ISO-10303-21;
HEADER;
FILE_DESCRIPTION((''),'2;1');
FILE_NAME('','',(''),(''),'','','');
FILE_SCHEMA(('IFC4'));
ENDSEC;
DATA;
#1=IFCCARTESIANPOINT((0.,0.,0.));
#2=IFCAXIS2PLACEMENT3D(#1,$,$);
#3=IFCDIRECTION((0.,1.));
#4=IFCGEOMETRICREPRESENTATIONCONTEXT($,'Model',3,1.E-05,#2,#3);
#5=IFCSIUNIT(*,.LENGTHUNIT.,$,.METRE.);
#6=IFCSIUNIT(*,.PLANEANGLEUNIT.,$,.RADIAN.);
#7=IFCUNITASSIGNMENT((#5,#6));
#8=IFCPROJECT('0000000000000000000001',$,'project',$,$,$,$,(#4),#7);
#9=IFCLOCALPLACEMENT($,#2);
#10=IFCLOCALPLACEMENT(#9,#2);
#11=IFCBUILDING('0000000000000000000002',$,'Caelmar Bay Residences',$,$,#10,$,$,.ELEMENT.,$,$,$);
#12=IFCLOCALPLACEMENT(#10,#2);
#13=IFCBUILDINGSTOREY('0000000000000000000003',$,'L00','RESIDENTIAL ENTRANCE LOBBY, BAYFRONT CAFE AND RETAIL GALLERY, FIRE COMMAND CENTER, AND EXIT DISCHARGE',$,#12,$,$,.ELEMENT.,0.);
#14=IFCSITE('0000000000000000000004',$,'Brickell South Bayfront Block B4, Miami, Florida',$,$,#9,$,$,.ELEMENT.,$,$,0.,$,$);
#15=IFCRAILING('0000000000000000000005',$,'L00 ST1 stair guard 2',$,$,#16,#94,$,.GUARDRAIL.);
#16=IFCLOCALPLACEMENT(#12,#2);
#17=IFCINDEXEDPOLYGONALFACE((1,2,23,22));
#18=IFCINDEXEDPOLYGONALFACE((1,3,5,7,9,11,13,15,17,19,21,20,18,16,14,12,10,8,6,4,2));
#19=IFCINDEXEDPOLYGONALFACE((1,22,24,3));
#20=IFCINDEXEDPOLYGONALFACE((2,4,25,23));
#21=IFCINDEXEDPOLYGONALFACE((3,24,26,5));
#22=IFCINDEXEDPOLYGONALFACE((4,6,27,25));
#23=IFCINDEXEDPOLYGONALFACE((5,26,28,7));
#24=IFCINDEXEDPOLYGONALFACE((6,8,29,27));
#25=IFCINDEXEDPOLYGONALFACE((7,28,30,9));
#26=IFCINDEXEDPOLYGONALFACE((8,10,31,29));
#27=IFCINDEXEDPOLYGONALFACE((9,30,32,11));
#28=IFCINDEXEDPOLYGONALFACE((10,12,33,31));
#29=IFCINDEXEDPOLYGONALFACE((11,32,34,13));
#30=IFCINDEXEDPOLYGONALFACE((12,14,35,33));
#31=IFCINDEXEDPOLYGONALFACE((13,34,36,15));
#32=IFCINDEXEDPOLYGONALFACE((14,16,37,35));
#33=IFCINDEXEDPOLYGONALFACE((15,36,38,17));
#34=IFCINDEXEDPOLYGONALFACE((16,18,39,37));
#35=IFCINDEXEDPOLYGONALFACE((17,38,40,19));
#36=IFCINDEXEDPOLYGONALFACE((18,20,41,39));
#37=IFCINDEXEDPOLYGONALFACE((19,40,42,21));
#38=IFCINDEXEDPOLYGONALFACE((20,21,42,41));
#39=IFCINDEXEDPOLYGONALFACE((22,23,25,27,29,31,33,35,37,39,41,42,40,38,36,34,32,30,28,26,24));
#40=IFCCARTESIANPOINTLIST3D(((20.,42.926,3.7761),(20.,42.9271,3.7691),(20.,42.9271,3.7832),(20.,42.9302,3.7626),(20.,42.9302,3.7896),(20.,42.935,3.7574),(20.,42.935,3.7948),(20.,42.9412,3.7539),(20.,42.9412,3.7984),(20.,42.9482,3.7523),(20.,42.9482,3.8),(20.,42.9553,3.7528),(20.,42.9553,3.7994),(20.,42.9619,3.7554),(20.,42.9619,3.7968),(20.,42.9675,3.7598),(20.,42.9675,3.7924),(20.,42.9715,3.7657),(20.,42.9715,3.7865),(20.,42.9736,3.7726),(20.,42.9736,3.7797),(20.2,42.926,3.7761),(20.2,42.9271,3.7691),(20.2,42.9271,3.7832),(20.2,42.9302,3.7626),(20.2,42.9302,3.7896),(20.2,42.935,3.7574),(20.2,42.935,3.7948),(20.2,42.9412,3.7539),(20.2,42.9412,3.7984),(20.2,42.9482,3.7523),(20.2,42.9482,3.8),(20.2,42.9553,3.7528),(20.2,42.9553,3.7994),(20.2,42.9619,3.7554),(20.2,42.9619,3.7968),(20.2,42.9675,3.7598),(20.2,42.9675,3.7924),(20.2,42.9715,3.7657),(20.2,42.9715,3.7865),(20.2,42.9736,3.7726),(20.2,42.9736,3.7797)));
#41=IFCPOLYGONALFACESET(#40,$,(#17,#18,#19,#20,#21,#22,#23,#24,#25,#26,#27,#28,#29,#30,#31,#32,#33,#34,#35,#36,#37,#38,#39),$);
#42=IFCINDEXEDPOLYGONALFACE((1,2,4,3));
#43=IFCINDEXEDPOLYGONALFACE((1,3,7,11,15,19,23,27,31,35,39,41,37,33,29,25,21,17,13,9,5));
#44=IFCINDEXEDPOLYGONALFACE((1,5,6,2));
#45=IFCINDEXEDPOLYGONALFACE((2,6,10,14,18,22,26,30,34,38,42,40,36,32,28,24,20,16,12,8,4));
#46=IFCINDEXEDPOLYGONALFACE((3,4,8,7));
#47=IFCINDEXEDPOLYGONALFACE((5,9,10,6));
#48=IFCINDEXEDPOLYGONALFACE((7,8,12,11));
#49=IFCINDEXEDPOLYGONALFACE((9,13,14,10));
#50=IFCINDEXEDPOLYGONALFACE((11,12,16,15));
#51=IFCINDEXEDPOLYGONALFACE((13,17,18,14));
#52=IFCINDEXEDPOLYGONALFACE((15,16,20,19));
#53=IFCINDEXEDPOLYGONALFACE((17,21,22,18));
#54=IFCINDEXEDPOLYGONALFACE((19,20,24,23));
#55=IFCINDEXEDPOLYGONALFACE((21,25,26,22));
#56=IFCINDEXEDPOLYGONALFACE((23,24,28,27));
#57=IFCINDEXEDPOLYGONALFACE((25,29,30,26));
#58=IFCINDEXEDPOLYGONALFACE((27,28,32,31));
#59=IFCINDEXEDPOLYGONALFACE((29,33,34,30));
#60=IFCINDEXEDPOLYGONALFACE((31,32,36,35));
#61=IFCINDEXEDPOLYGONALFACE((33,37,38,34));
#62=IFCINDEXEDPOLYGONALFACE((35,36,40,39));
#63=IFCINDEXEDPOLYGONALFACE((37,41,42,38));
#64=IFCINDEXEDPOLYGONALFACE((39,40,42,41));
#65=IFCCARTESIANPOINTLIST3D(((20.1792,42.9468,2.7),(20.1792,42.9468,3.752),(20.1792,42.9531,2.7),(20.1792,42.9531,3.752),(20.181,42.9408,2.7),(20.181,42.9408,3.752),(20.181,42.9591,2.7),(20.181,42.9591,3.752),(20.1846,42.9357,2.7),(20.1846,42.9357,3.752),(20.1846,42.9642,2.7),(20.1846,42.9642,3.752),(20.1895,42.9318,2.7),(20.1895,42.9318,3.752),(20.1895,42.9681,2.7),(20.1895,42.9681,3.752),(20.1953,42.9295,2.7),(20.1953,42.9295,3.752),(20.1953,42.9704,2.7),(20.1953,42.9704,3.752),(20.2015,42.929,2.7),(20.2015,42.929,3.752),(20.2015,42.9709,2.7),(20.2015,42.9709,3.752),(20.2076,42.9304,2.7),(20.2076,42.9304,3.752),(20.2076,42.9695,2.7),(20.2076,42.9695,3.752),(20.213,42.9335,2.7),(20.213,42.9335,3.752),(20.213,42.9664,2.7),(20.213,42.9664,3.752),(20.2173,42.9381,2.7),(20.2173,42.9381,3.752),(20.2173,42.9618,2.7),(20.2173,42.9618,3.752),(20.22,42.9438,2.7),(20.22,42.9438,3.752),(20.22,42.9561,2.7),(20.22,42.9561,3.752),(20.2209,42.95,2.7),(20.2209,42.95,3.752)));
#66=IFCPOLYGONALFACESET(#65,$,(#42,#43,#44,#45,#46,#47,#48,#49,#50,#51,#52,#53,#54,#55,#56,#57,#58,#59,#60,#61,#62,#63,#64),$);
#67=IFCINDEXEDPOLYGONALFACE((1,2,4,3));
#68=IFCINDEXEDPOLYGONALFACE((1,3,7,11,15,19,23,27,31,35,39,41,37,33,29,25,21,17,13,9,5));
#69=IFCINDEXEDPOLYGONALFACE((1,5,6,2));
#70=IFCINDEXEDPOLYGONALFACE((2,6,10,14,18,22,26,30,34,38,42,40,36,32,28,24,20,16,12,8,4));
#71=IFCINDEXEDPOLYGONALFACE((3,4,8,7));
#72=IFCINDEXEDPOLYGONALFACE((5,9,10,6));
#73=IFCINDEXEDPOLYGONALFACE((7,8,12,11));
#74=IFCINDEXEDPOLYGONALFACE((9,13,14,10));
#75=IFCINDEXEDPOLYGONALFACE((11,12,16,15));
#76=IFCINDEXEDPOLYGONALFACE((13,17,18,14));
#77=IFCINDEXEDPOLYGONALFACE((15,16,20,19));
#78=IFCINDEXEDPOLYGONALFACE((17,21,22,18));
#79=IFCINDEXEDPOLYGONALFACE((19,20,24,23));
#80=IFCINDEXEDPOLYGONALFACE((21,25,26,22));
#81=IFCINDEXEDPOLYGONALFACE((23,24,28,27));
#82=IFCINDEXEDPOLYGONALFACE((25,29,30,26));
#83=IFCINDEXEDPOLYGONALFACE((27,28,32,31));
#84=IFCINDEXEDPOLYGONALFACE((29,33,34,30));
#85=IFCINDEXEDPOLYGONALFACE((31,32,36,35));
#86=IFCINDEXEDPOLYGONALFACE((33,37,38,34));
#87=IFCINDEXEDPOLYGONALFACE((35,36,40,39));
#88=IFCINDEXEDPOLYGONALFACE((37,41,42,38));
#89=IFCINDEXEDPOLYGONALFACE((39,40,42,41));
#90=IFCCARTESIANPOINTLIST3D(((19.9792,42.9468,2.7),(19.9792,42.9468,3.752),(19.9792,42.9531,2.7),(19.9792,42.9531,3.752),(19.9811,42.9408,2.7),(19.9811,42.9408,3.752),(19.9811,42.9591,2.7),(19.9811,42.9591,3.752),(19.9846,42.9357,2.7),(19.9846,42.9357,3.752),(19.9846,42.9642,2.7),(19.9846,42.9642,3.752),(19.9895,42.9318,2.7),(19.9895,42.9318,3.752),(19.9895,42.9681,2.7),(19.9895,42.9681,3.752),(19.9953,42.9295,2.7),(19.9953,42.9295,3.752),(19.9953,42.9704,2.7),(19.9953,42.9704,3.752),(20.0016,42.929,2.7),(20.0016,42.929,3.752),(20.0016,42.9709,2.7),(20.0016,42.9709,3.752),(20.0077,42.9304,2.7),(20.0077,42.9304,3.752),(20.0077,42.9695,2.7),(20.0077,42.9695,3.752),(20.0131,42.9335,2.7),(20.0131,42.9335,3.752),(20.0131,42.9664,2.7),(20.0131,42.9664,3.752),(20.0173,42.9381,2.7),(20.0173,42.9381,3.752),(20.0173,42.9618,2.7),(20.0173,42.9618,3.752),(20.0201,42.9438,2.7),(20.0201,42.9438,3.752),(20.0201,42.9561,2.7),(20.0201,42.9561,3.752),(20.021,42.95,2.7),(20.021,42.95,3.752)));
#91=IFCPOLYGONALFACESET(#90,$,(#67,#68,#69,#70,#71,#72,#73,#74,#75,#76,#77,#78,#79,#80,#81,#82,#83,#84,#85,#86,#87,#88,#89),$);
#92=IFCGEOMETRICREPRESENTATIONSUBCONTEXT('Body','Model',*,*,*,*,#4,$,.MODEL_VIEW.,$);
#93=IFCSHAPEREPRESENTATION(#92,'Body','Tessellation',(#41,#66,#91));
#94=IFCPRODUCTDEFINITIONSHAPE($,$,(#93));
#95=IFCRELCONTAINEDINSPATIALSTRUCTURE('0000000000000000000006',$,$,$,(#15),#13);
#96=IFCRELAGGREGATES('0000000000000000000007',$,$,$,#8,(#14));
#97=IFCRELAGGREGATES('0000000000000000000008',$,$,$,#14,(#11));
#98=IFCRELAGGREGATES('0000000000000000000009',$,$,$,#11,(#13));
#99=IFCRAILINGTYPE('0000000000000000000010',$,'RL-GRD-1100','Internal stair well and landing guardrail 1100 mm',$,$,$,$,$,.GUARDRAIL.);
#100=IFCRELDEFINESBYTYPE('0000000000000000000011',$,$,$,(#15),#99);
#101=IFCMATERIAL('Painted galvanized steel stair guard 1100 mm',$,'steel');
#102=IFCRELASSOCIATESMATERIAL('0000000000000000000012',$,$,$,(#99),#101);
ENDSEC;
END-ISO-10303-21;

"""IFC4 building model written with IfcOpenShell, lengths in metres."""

from ifc_helpers import new_model, si_unit, direction, frame, origin, origin_2d, place, context, subcontext, project, spatial, circle, extrude, material, type_object, element, save


model = new_model("IFC4")

# Units and contexts
model_context = context("Model", 3, precision=1e-05, world=origin(), true_north=direction((0.0, 1.0)))
body_context = subcontext(model_context, "Body", "Model", "MODEL_VIEW")
ifc_project = project(units=[si_unit("LENGTHUNIT", "METRE"), si_unit("PLANEANGLEUNIT", "RADIAN")], contexts=[model_context])

# Site, building, storey
site_placement = place(None, origin())
site = spatial("IfcSite", under=ifc_project, at=site_placement, Name="Brickell South Bayfront Block B4, Miami, Florida", CompositionType="ELEMENT", RefElevation=0.0)
building_placement = place(site_placement, origin())
building = spatial("IfcBuilding", under=site, at=building_placement, Name="Caelmar Bay Residences", CompositionType="ELEMENT")
storey_placement = place(building_placement, origin())
storey = spatial("IfcBuildingStorey", under=building, at=storey_placement, Name="L00", Description="RESIDENTIAL ENTRANCE LOBBY, BAYFRONT CAFE AND RETAIL GALLERY, FIRE COMMAND CENTER, AND EXIT DISCHARGE", CompositionType="ELEMENT", Elevation=0.0)

# Railing
ifc_material_1 = material(Name="Painted galvanized steel stair guard 1100 mm", Category="steel")
railing_type_1 = type_object("IfcRailingType", Name="RL-GRD-1100", Description="Internal stair well and landing guardrail 1100 mm", PredefinedType="GUARDRAIL", material=ifc_material_1)
railing_1_placement = place(storey_placement, frame((20.2, 42.95, 2.7)))
element("IfcRailing", 1, at=railing_1_placement, inside=storey, type_object=railing_type_1, Name="L00 ST1 stair guard 2", PredefinedType="GUARDRAIL", context=body_context, shape_type="SweptSolid", body=[
    extrude(circle(Radius=0.0239, at=origin_2d()), frame((0.0, 0.0, 1.0762), z_axis=(-1.0, 0.0, 0.0), x_axis=(0.0, -1.0, 0.0)), (0.0, 0.0, 1.0), 0.2),
    extrude(circle(Radius=0.021, at=origin_2d()), origin(), (0.0, 0.0, 1.0), 1.052),
    extrude(circle(Radius=0.021, at=origin_2d()), frame((-0.2, 0.0, 0.0)), (0.0, 0.0, 1.0), 1.052),
])

save(model, "model.ifc")
